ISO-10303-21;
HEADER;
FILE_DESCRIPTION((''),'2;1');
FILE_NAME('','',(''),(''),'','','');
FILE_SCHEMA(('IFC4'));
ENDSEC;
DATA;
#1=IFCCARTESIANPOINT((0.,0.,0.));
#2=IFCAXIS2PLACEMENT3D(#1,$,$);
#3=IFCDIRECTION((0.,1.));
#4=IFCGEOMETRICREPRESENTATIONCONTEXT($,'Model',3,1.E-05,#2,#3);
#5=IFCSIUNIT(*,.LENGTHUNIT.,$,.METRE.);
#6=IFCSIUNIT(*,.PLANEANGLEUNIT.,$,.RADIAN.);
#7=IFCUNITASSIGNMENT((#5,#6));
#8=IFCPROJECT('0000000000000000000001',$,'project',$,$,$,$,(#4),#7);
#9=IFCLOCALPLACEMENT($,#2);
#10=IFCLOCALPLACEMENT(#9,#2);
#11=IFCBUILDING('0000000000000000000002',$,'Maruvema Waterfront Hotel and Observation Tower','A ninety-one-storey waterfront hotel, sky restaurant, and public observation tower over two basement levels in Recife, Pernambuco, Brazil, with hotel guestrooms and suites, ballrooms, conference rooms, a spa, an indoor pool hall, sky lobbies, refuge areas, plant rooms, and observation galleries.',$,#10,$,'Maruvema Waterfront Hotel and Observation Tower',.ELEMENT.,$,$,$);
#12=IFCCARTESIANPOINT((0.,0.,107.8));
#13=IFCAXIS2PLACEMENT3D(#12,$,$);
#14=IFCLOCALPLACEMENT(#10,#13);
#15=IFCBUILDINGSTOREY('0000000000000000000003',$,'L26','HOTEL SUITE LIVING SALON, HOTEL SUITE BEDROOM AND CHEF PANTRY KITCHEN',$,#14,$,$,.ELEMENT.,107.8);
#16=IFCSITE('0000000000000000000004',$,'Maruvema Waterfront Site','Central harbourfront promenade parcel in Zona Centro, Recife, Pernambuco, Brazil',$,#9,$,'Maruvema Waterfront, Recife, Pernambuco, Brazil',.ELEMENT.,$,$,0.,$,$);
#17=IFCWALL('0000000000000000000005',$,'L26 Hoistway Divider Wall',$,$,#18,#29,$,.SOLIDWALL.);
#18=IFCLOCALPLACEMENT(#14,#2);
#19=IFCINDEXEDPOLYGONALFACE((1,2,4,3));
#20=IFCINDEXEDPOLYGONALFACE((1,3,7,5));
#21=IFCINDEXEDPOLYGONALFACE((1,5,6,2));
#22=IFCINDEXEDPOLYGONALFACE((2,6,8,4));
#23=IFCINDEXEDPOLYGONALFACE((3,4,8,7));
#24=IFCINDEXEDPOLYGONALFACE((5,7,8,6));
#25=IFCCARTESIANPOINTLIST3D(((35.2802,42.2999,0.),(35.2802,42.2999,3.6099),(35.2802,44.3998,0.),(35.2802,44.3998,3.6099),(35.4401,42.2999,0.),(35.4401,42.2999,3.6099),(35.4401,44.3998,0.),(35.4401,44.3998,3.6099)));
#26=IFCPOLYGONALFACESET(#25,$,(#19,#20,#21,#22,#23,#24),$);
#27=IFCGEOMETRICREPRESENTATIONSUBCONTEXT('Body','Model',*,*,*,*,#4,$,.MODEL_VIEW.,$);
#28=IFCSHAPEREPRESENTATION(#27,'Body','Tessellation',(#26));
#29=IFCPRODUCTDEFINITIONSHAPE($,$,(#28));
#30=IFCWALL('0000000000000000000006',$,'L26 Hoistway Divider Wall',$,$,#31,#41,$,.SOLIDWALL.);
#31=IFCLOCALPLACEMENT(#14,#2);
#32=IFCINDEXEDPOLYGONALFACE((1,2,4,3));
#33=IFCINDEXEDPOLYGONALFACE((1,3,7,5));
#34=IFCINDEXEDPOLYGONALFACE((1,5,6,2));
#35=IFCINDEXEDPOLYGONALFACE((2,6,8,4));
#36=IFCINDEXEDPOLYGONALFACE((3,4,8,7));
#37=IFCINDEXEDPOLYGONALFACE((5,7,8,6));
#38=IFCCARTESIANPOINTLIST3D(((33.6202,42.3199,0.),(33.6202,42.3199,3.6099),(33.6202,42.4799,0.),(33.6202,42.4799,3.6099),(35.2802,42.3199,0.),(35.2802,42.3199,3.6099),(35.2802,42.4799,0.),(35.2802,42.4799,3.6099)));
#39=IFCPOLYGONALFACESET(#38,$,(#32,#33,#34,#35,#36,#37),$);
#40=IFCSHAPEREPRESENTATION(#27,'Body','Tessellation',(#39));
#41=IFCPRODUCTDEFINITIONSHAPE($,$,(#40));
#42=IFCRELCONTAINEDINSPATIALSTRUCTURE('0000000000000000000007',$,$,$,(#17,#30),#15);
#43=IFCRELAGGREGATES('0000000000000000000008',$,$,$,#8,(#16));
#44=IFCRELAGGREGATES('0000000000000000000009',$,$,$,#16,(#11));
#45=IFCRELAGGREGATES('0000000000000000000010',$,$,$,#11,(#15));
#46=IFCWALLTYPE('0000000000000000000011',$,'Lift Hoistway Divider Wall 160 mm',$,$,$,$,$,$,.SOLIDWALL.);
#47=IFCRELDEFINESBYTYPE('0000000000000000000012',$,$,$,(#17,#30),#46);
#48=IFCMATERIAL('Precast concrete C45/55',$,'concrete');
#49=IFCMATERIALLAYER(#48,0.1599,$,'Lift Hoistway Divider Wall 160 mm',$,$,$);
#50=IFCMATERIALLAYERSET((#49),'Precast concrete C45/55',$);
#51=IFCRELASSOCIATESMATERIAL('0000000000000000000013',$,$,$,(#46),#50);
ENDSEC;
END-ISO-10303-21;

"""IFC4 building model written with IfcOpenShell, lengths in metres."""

from ifc_helpers import new_model, si_unit, direction, frame, frame_2d, origin, place, context, subcontext, project, spatial, rectangle, extrude, material, layer, layer_set, type_object, element, save


model = new_model("IFC4")

# Units and contexts
model_context = context("Model", 3, precision=1e-05, world=origin(), true_north=direction((0.0, 1.0)))
body_context = subcontext(model_context, "Body", "Model", "MODEL_VIEW")
ifc_project = project(units=[si_unit("LENGTHUNIT", "METRE"), si_unit("PLANEANGLEUNIT", "RADIAN")], contexts=[model_context])

# Site, building, storey
site_placement = place(None, origin())
site = spatial("IfcSite", under=ifc_project, at=site_placement, Name="Maruvema Waterfront Site", Description="Central harbourfront promenade parcel in Zona Centro, Recife, Pernambuco, Brazil", LongName="Maruvema Waterfront, Recife, Pernambuco, Brazil", CompositionType="ELEMENT", RefElevation=0.0)
building_placement = place(site_placement, origin())
building = spatial("IfcBuilding", under=site, at=building_placement, Name="Maruvema Waterfront Hotel and Observation Tower", Description="A ninety-one-storey waterfront hotel, sky restaurant, and public observation tower over two basement levels in Recife, Pernambuco, Brazil, with hotel guestrooms and suites, ballrooms, conference rooms, a spa, an indoor pool hall, sky lobbies, refuge areas, plant rooms, and observation galleries.", LongName="Maruvema Waterfront Hotel and Observation Tower", CompositionType="ELEMENT")
storey_placement = place(building_placement, frame((0.0, 0.0, 107.8)))
storey = spatial("IfcBuildingStorey", under=building, at=storey_placement, Name="L26", Description="HOTEL SUITE LIVING SALON, HOTEL SUITE BEDROOM AND CHEF PANTRY KITCHEN", CompositionType="ELEMENT", Elevation=107.8)

# Walls
ifc_material_1 = material(Name="Precast concrete C45/55", Category="concrete")
ifc_layer_1 = layer(ifc_material_1, 0.1599, Name="Lift Hoistway Divider Wall 160 mm")
ifc_layer_set_1 = layer_set([ifc_layer_1], Name="Precast concrete C45/55")
wall_type_1 = type_object("IfcWallType", Name="Lift Hoistway Divider Wall 160 mm", PredefinedType="SOLIDWALL", material=ifc_layer_set_1)
for number, where, z_axis, x_axis, name in (
    (1, (35.3601, 42.3, 0.0), (0.0, 0.0, 1.0), (0.0, 1.0, 0.0), "L26 Hoistway Divider Wall"),
):
    element("IfcWall", number, at=place(storey_placement, frame(where, z_axis=z_axis, x_axis=x_axis)), inside=storey, type_object=wall_type_1, Name=name, PredefinedType="SOLIDWALL", context=body_context, shape_type="SweptSolid", body=[
        extrude(rectangle(XDim=2.0999, YDim=0.1599, at=frame_2d((1.0498, 0.0))), origin(), (0.0, 0.0, 1.0), 3.6099),
    ])
wall_1_placement = place(storey_placement, frame((33.6201, 42.3999, 0.0), z_axis=(0.0, 0.0, 1.0), x_axis=(1.0, 0.0, 0.0)))
element("IfcWall", 2, at=wall_1_placement, inside=storey, type_object=wall_type_1, Name="L26 Hoistway Divider Wall", PredefinedType="SOLIDWALL", context=body_context, shape_type="SweptSolid", body=[
    extrude(rectangle(XDim=1.6599, YDim=0.1599, at=frame_2d((0.8301, 0.0))), origin(), (0.0, 0.0, 1.0), 3.6099),
])

save(model, "model.ifc")
